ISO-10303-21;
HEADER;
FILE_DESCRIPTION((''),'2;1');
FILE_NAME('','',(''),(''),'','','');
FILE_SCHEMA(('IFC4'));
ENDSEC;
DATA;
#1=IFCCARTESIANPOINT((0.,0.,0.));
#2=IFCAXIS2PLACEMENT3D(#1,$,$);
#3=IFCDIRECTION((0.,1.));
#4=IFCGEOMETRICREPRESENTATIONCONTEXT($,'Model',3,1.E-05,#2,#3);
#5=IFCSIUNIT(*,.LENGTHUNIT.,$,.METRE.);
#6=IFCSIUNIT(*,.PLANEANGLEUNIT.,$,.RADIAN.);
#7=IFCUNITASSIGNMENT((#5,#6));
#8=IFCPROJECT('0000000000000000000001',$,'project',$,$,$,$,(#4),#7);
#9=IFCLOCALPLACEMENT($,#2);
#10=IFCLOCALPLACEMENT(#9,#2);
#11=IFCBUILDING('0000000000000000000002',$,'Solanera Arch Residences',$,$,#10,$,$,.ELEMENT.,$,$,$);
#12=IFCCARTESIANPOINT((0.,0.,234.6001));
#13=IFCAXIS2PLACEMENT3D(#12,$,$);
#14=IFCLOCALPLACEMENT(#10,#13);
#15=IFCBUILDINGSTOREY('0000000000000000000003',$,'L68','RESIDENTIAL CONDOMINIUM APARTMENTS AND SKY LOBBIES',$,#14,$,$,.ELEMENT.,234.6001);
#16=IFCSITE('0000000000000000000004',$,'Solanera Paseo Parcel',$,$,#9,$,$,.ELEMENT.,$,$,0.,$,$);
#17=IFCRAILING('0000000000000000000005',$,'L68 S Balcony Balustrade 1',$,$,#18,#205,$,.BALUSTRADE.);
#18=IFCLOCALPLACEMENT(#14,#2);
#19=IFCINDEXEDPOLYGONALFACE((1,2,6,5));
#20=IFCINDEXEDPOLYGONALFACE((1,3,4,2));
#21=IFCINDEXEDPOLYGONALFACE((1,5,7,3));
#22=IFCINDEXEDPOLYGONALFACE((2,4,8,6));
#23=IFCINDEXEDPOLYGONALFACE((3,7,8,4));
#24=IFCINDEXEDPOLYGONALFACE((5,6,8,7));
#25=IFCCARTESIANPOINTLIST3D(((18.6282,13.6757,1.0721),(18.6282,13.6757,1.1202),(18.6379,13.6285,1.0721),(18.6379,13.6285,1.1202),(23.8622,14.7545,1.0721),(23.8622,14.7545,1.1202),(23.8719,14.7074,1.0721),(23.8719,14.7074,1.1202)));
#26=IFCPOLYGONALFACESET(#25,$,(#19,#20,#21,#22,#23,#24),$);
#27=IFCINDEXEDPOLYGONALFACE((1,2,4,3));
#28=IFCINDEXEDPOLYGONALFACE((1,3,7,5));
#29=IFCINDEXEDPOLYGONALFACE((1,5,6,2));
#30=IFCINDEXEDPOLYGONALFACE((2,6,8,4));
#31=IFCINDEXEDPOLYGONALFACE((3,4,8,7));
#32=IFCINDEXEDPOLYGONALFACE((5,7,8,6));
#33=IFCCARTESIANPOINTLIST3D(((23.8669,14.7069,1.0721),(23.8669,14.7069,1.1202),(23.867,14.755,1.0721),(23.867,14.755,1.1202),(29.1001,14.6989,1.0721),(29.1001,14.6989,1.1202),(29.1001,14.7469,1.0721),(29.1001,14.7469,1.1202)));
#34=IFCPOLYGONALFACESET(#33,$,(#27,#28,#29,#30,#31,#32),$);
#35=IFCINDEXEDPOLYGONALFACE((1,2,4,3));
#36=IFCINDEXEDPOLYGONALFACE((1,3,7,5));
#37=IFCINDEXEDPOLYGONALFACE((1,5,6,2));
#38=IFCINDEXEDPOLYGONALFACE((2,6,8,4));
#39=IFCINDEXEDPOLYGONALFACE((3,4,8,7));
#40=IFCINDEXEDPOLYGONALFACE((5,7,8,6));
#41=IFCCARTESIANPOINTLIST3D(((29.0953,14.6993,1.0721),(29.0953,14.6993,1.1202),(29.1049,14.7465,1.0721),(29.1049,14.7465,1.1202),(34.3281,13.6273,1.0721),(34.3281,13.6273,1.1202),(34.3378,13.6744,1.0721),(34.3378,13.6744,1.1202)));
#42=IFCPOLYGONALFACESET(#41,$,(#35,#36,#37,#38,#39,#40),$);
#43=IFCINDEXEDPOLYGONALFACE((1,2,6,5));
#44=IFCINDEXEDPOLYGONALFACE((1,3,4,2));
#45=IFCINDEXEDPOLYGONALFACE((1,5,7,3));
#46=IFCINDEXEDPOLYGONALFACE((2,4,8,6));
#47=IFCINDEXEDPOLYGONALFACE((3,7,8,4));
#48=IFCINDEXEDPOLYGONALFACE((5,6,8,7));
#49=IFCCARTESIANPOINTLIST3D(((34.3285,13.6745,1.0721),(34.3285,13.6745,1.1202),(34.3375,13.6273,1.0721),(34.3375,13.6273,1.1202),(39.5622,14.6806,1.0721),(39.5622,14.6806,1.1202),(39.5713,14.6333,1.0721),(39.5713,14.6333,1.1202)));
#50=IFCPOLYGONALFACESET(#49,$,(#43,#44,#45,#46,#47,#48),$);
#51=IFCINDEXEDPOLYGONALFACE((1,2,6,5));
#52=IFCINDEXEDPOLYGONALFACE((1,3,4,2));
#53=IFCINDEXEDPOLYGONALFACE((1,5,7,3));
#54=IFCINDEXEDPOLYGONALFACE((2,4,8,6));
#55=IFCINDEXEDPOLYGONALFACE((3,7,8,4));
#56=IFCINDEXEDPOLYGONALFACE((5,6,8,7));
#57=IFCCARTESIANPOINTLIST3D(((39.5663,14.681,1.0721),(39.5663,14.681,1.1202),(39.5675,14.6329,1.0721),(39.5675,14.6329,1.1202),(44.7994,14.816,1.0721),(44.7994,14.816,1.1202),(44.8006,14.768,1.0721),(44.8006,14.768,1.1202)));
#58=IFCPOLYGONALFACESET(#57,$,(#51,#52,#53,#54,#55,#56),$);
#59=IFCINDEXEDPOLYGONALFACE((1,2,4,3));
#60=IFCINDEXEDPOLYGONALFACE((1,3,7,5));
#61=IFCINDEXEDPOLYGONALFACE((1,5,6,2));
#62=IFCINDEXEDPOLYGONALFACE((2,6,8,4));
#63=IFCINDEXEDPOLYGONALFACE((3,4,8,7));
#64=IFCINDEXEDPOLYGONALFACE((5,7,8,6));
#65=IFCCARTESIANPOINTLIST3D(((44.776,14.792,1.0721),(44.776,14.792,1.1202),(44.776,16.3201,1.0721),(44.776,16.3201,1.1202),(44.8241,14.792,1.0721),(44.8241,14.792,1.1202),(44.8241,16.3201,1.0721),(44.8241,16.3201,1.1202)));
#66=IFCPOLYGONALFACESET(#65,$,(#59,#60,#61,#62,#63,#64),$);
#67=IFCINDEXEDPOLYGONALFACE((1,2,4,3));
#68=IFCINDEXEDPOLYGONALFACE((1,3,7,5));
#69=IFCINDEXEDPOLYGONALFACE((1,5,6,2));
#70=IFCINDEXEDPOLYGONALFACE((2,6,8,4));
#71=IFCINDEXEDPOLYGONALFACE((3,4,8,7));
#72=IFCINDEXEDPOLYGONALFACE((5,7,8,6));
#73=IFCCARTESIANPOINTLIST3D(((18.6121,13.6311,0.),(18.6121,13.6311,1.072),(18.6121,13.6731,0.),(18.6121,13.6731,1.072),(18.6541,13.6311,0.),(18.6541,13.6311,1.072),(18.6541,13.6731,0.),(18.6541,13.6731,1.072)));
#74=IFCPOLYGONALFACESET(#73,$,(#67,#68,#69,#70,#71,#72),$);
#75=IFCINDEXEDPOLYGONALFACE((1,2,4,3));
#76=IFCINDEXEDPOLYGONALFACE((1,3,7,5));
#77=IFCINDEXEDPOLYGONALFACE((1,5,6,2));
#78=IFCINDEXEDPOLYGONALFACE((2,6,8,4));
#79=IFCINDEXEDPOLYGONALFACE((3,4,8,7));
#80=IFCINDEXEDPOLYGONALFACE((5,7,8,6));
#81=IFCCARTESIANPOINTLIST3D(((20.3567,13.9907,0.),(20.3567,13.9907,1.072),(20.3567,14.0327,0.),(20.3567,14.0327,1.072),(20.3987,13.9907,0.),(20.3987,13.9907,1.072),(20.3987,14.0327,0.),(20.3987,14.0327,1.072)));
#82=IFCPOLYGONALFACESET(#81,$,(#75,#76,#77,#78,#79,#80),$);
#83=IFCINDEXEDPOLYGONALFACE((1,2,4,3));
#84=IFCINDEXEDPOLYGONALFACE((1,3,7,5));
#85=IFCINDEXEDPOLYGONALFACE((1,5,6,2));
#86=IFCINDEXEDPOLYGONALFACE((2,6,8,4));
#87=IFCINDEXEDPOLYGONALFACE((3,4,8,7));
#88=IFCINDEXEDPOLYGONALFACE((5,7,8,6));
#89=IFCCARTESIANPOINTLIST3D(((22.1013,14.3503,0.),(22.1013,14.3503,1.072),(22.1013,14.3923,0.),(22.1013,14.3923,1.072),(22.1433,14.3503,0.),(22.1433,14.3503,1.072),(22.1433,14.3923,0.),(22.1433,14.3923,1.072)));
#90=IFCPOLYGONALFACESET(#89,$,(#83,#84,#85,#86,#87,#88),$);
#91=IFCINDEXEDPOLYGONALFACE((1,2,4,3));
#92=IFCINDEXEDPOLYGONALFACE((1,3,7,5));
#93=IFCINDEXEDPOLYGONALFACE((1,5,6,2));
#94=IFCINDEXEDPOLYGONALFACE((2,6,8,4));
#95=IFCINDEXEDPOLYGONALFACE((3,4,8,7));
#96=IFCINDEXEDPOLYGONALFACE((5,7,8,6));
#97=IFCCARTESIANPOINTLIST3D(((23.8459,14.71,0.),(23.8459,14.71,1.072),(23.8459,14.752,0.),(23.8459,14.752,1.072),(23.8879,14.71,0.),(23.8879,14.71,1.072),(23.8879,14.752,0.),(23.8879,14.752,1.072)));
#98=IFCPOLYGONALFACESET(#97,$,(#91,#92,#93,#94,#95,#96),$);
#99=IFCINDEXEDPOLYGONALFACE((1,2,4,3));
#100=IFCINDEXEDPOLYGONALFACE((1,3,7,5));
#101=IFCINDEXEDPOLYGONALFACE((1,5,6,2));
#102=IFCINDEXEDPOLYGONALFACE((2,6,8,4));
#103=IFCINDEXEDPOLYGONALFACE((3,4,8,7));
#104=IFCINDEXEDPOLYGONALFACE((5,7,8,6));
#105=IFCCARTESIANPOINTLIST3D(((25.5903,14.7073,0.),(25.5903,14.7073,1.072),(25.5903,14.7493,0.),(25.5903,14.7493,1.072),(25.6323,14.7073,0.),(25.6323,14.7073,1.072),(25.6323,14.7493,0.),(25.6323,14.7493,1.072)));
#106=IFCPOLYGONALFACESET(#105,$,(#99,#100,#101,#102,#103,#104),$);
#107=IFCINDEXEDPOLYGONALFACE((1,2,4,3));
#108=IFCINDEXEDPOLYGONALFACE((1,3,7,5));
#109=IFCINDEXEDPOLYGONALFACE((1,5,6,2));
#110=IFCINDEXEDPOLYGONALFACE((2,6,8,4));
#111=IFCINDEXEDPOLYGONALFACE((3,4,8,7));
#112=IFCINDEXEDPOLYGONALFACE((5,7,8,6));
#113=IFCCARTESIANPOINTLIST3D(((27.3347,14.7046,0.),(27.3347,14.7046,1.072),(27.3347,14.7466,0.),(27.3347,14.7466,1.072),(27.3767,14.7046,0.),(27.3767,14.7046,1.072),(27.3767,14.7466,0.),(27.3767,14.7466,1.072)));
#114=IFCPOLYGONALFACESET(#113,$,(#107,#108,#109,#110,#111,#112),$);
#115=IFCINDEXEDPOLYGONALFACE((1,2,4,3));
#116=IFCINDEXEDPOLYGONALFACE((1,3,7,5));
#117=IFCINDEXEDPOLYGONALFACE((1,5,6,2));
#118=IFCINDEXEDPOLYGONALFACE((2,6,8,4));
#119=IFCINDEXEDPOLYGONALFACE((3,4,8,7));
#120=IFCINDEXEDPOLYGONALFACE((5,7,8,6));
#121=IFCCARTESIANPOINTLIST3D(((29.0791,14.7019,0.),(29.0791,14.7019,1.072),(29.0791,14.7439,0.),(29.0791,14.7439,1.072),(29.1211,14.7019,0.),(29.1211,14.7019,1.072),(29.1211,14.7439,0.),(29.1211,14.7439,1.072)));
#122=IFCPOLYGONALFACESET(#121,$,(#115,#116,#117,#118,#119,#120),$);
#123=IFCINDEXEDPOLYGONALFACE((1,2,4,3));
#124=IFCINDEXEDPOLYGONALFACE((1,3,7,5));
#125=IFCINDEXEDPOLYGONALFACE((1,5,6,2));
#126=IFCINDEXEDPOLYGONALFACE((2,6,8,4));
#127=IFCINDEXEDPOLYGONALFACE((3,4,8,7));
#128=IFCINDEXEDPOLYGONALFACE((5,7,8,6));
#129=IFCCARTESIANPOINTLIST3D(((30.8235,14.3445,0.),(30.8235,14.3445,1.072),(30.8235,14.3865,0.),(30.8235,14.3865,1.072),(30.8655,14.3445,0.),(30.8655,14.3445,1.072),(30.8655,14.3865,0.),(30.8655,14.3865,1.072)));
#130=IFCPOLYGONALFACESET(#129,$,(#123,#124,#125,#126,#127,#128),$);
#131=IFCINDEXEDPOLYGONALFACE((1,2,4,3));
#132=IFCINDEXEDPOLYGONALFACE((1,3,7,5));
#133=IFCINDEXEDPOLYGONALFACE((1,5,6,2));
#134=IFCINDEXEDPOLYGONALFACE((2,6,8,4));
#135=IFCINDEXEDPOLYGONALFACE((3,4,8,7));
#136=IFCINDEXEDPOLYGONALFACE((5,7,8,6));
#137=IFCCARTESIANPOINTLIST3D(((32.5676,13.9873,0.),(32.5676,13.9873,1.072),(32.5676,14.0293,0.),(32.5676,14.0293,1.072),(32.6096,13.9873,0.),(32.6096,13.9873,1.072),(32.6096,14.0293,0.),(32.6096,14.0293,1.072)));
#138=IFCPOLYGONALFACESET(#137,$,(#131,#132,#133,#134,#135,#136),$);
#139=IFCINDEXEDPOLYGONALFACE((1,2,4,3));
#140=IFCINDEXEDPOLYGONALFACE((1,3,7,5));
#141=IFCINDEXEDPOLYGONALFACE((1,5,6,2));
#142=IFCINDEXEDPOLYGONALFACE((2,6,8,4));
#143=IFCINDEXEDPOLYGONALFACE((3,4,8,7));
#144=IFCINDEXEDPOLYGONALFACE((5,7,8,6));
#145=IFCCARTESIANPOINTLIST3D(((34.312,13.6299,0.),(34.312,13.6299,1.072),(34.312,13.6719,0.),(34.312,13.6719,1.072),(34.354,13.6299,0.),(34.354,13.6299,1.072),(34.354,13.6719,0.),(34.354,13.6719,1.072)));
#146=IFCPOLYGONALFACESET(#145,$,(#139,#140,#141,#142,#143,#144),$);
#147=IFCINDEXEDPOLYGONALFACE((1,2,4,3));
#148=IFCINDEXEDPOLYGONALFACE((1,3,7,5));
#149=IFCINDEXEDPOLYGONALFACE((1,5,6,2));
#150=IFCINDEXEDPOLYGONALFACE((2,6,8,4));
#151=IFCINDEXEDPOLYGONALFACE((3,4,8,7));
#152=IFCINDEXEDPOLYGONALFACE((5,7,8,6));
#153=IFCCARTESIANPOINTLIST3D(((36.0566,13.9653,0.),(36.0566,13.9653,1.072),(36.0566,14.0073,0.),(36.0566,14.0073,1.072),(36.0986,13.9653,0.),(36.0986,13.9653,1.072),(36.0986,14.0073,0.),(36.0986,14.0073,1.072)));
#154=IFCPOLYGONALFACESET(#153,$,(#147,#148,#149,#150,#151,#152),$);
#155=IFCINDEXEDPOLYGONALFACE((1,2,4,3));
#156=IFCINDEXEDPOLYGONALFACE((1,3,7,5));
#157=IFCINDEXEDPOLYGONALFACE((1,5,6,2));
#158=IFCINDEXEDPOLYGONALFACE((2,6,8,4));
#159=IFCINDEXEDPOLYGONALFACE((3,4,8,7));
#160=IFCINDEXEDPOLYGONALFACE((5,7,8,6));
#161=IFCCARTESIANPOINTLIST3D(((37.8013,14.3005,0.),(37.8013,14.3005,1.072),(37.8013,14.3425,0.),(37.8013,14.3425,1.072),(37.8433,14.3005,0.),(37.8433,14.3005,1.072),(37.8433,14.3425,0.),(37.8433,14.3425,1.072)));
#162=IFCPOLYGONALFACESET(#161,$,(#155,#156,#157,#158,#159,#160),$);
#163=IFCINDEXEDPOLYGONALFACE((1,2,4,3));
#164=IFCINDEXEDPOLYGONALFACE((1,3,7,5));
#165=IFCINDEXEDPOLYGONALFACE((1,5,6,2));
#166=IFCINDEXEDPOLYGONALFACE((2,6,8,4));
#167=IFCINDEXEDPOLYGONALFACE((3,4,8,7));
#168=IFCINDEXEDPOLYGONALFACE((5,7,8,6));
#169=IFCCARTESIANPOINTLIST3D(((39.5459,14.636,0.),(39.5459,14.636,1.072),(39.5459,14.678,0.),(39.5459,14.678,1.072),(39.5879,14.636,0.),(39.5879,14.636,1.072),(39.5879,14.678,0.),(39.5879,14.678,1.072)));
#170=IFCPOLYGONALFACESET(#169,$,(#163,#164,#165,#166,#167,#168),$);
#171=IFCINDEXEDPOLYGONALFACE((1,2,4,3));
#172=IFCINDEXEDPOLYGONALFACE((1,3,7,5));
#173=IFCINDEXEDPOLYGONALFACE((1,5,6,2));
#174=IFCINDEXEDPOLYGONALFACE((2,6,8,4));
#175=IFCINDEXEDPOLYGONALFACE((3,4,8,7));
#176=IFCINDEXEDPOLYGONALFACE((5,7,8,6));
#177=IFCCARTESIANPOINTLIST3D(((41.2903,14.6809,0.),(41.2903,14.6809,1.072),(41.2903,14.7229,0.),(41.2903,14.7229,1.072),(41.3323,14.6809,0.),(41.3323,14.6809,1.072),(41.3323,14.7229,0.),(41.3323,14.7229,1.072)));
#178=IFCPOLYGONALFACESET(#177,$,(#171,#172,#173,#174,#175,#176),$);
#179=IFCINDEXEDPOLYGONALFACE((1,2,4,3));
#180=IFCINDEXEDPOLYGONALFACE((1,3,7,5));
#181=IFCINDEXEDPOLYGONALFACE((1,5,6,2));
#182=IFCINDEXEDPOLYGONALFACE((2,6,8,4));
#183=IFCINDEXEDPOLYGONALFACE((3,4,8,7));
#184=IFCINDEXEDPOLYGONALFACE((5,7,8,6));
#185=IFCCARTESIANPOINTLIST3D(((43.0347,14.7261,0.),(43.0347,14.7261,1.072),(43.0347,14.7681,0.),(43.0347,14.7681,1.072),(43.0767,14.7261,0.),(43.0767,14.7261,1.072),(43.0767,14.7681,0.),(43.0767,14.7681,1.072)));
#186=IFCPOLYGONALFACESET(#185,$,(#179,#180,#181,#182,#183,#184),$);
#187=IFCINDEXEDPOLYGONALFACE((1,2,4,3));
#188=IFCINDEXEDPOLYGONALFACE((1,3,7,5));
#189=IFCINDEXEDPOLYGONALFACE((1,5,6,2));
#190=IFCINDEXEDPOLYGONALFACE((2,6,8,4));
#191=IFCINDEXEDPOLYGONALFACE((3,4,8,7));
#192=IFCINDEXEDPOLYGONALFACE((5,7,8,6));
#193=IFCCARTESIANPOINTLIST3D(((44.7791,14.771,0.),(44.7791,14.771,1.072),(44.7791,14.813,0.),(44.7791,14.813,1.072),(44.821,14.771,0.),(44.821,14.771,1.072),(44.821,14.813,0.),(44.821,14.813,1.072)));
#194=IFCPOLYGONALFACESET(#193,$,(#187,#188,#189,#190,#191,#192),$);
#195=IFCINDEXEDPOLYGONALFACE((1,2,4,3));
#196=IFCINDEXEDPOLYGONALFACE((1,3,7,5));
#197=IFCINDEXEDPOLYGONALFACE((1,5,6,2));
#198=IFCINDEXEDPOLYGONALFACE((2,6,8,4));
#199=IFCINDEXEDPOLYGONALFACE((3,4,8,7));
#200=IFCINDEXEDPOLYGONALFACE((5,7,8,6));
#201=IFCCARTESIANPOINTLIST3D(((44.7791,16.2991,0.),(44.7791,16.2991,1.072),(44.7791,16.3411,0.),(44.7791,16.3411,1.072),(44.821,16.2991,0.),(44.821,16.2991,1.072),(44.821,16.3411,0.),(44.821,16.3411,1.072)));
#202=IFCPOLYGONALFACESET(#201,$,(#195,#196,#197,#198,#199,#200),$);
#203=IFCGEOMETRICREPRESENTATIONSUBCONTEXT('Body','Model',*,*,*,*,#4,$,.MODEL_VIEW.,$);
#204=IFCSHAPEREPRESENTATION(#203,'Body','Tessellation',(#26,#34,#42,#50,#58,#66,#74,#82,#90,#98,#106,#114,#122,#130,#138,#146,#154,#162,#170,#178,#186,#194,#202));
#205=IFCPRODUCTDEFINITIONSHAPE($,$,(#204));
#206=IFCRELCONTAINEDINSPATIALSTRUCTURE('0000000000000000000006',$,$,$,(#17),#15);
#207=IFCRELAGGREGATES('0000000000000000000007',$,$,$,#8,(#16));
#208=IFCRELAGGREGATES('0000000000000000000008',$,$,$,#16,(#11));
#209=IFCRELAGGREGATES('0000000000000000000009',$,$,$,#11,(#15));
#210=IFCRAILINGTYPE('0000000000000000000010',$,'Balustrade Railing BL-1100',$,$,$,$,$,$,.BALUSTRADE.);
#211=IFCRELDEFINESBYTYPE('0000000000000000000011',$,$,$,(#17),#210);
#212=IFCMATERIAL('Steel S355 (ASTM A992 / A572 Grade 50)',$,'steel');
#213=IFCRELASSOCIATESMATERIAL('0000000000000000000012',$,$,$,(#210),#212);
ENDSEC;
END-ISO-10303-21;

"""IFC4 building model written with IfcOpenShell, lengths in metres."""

from ifc_helpers import new_model, si_unit, direction, frame, origin, origin_2d, place, context, subcontext, project, spatial, rectangle, extrude, material, type_object, element, save


model = new_model("IFC4")

# Units and contexts
model_context = context("Model", 3, precision=1e-05, world=origin(), true_north=direction((0.0, 1.0)))
body_context = subcontext(model_context, "Body", "Model", "MODEL_VIEW")
ifc_project = project(units=[si_unit("LENGTHUNIT", "METRE"), si_unit("PLANEANGLEUNIT", "RADIAN")], contexts=[model_context])

# Site, building, storey
site_placement = place(None, origin())
site = spatial("IfcSite", under=ifc_project, at=site_placement, Name="Solanera Paseo Parcel", CompositionType="ELEMENT", RefElevation=0.0)
building_placement = place(site_placement, origin())
building = spatial("IfcBuilding", under=site, at=building_placement, Name="Solanera Arch Residences", CompositionType="ELEMENT")
storey_placement = place(building_placement, frame((0.0, 0.0, 234.6001)))
storey = spatial("IfcBuildingStorey", under=building, at=storey_placement, Name="L68", Description="RESIDENTIAL CONDOMINIUM APARTMENTS AND SKY LOBBIES", CompositionType="ELEMENT", Elevation=234.6001)

# Railing
ifc_material_1 = material(Name="Steel S355 (ASTM A992 / A572 Grade 50)", Category="steel")
railing_type = type_object("IfcRailingType", Name="Balustrade Railing BL-1100", PredefinedType="BALUSTRADE", material=ifc_material_1)
railing_placement = place(storey_placement, frame((18.6331, 13.6521, 0.0)))
element("IfcRailing", 1, at=railing_placement, inside=storey, type_object=railing_type, Name="L68 S Balcony Balustrade 1", PredefinedType="BALUSTRADE", context=body_context, shape_type="SweptSolid", body=[
    extrude(rectangle(XDim=0.0481, YDim=0.0481, at=origin_2d()), frame((0.0, 0.0, 1.0962), z_axis=(0.979409, 0.201885, 0.0), x_axis=(-0.201885, 0.979409, 0.0)), (0.0, 0.0, 1.0), 5.344),
    extrude(rectangle(XDim=0.0481, YDim=0.0481, at=origin_2d()), frame((5.2339, 1.0789, 1.0962), z_axis=(0.999999, -0.00154, 0.0), x_axis=(0.00154, 0.999999, 0.0)), (0.0, 0.0, 1.0), 5.2332),
    extrude(rectangle(XDim=0.0481, YDim=0.0481, at=origin_2d()), frame((10.467, 1.0708, 1.0962), z_axis=(0.979654, -0.200693, 0.0), x_axis=(0.200693, 0.979654, 0.0)), (0.0, 0.0, 1.0), 5.3416),
    extrude(rectangle(XDim=0.0481, YDim=0.0481, at=origin_2d()), frame((15.7, -0.0012, 1.0962), z_axis=(0.982021, 0.188773, 0.0), x_axis=(-0.188773, 0.982021, 0.0)), (0.0, 0.0, 1.0), 5.3296),
    extrude(rectangle(XDim=0.0481, YDim=0.0481, at=origin_2d()), frame((20.9338, 1.0049, 1.0962), z_axis=(0.999667, 0.02579, 0.0), x_axis=(-0.02579, 0.999667, 0.0)), (0.0, 0.0, 1.0), 5.2349),
    extrude(rectangle(XDim=0.0481, YDim=0.0481, at=origin_2d()), frame((26.167, 1.1399, 1.0962), z_axis=(0.0, 1.0, 0.0), x_axis=(-1.0, 0.0, 0.0)), (0.0, 0.0, 1.0), 1.5281),
    extrude(rectangle(XDim=0.042, YDim=0.042, at=origin_2d()), origin(), (0.0, 0.0, 1.0), 1.072),
    extrude(rectangle(XDim=0.042, YDim=0.042, at=origin_2d()), frame((1.7446, 0.3596, 0.0)), (0.0, 0.0, 1.0), 1.072),
    extrude(rectangle(XDim=0.042, YDim=0.042, at=origin_2d()), frame((3.4893, 0.7192, 0.0)), (0.0, 0.0, 1.0), 1.072),
    extrude(rectangle(XDim=0.042, YDim=0.042, at=origin_2d()), frame((5.2339, 1.0789, 0.0)), (0.0, 0.0, 1.0), 1.072),
    extrude(rectangle(XDim=0.042, YDim=0.042, at=origin_2d()), frame((6.9783, 1.0762, 0.0)), (0.0, 0.0, 1.0), 1.072),
    extrude(rectangle(XDim=0.042, YDim=0.042, at=origin_2d()), frame((8.7227, 1.0735, 0.0)), (0.0, 0.0, 1.0), 1.072),
    extrude(rectangle(XDim=0.042, YDim=0.042, at=origin_2d()), frame((10.467, 1.0708, 0.0)), (0.0, 0.0, 1.0), 1.072),
    extrude(rectangle(XDim=0.042, YDim=0.042, at=origin_2d()), frame((12.2114, 0.7134, 0.0)), (0.0, 0.0, 1.0), 1.072),
    extrude(rectangle(XDim=0.042, YDim=0.042, at=origin_2d()), frame((13.9556, 0.3562, 0.0)), (0.0, 0.0, 1.0), 1.072),
    extrude(rectangle(XDim=0.042, YDim=0.042, at=origin_2d()), frame((15.7, -0.0012, 0.0)), (0.0, 0.0, 1.0), 1.072),
    extrude(rectangle(XDim=0.042, YDim=0.042, at=origin_2d()), frame((17.4446, 0.3342, 0.0)), (0.0, 0.0, 1.0), 1.072),
    extrude(rectangle(XDim=0.042, YDim=0.042, at=origin_2d()), frame((19.1892, 0.6694, 0.0)), (0.0, 0.0, 1.0), 1.072),
    extrude(rectangle(XDim=0.042, YDim=0.042, at=origin_2d()), frame((20.9338, 1.0049, 0.0)), (0.0, 0.0, 1.0), 1.072),
    extrude(rectangle(XDim=0.042, YDim=0.042, at=origin_2d()), frame((22.6782, 1.0498, 0.0)), (0.0, 0.0, 1.0), 1.072),
    extrude(rectangle(XDim=0.042, YDim=0.042, at=origin_2d()), frame((24.4226, 1.095, 0.0)), (0.0, 0.0, 1.0), 1.072),
    extrude(rectangle(XDim=0.042, YDim=0.042, at=origin_2d()), frame((26.167, 1.1399, 0.0)), (0.0, 0.0, 1.0), 1.072),
    extrude(rectangle(XDim=0.042, YDim=0.042, at=origin_2d()), frame((26.167, 2.668, 0.0)), (0.0, 0.0, 1.0), 1.072),
])

save(model, "model.ifc")
